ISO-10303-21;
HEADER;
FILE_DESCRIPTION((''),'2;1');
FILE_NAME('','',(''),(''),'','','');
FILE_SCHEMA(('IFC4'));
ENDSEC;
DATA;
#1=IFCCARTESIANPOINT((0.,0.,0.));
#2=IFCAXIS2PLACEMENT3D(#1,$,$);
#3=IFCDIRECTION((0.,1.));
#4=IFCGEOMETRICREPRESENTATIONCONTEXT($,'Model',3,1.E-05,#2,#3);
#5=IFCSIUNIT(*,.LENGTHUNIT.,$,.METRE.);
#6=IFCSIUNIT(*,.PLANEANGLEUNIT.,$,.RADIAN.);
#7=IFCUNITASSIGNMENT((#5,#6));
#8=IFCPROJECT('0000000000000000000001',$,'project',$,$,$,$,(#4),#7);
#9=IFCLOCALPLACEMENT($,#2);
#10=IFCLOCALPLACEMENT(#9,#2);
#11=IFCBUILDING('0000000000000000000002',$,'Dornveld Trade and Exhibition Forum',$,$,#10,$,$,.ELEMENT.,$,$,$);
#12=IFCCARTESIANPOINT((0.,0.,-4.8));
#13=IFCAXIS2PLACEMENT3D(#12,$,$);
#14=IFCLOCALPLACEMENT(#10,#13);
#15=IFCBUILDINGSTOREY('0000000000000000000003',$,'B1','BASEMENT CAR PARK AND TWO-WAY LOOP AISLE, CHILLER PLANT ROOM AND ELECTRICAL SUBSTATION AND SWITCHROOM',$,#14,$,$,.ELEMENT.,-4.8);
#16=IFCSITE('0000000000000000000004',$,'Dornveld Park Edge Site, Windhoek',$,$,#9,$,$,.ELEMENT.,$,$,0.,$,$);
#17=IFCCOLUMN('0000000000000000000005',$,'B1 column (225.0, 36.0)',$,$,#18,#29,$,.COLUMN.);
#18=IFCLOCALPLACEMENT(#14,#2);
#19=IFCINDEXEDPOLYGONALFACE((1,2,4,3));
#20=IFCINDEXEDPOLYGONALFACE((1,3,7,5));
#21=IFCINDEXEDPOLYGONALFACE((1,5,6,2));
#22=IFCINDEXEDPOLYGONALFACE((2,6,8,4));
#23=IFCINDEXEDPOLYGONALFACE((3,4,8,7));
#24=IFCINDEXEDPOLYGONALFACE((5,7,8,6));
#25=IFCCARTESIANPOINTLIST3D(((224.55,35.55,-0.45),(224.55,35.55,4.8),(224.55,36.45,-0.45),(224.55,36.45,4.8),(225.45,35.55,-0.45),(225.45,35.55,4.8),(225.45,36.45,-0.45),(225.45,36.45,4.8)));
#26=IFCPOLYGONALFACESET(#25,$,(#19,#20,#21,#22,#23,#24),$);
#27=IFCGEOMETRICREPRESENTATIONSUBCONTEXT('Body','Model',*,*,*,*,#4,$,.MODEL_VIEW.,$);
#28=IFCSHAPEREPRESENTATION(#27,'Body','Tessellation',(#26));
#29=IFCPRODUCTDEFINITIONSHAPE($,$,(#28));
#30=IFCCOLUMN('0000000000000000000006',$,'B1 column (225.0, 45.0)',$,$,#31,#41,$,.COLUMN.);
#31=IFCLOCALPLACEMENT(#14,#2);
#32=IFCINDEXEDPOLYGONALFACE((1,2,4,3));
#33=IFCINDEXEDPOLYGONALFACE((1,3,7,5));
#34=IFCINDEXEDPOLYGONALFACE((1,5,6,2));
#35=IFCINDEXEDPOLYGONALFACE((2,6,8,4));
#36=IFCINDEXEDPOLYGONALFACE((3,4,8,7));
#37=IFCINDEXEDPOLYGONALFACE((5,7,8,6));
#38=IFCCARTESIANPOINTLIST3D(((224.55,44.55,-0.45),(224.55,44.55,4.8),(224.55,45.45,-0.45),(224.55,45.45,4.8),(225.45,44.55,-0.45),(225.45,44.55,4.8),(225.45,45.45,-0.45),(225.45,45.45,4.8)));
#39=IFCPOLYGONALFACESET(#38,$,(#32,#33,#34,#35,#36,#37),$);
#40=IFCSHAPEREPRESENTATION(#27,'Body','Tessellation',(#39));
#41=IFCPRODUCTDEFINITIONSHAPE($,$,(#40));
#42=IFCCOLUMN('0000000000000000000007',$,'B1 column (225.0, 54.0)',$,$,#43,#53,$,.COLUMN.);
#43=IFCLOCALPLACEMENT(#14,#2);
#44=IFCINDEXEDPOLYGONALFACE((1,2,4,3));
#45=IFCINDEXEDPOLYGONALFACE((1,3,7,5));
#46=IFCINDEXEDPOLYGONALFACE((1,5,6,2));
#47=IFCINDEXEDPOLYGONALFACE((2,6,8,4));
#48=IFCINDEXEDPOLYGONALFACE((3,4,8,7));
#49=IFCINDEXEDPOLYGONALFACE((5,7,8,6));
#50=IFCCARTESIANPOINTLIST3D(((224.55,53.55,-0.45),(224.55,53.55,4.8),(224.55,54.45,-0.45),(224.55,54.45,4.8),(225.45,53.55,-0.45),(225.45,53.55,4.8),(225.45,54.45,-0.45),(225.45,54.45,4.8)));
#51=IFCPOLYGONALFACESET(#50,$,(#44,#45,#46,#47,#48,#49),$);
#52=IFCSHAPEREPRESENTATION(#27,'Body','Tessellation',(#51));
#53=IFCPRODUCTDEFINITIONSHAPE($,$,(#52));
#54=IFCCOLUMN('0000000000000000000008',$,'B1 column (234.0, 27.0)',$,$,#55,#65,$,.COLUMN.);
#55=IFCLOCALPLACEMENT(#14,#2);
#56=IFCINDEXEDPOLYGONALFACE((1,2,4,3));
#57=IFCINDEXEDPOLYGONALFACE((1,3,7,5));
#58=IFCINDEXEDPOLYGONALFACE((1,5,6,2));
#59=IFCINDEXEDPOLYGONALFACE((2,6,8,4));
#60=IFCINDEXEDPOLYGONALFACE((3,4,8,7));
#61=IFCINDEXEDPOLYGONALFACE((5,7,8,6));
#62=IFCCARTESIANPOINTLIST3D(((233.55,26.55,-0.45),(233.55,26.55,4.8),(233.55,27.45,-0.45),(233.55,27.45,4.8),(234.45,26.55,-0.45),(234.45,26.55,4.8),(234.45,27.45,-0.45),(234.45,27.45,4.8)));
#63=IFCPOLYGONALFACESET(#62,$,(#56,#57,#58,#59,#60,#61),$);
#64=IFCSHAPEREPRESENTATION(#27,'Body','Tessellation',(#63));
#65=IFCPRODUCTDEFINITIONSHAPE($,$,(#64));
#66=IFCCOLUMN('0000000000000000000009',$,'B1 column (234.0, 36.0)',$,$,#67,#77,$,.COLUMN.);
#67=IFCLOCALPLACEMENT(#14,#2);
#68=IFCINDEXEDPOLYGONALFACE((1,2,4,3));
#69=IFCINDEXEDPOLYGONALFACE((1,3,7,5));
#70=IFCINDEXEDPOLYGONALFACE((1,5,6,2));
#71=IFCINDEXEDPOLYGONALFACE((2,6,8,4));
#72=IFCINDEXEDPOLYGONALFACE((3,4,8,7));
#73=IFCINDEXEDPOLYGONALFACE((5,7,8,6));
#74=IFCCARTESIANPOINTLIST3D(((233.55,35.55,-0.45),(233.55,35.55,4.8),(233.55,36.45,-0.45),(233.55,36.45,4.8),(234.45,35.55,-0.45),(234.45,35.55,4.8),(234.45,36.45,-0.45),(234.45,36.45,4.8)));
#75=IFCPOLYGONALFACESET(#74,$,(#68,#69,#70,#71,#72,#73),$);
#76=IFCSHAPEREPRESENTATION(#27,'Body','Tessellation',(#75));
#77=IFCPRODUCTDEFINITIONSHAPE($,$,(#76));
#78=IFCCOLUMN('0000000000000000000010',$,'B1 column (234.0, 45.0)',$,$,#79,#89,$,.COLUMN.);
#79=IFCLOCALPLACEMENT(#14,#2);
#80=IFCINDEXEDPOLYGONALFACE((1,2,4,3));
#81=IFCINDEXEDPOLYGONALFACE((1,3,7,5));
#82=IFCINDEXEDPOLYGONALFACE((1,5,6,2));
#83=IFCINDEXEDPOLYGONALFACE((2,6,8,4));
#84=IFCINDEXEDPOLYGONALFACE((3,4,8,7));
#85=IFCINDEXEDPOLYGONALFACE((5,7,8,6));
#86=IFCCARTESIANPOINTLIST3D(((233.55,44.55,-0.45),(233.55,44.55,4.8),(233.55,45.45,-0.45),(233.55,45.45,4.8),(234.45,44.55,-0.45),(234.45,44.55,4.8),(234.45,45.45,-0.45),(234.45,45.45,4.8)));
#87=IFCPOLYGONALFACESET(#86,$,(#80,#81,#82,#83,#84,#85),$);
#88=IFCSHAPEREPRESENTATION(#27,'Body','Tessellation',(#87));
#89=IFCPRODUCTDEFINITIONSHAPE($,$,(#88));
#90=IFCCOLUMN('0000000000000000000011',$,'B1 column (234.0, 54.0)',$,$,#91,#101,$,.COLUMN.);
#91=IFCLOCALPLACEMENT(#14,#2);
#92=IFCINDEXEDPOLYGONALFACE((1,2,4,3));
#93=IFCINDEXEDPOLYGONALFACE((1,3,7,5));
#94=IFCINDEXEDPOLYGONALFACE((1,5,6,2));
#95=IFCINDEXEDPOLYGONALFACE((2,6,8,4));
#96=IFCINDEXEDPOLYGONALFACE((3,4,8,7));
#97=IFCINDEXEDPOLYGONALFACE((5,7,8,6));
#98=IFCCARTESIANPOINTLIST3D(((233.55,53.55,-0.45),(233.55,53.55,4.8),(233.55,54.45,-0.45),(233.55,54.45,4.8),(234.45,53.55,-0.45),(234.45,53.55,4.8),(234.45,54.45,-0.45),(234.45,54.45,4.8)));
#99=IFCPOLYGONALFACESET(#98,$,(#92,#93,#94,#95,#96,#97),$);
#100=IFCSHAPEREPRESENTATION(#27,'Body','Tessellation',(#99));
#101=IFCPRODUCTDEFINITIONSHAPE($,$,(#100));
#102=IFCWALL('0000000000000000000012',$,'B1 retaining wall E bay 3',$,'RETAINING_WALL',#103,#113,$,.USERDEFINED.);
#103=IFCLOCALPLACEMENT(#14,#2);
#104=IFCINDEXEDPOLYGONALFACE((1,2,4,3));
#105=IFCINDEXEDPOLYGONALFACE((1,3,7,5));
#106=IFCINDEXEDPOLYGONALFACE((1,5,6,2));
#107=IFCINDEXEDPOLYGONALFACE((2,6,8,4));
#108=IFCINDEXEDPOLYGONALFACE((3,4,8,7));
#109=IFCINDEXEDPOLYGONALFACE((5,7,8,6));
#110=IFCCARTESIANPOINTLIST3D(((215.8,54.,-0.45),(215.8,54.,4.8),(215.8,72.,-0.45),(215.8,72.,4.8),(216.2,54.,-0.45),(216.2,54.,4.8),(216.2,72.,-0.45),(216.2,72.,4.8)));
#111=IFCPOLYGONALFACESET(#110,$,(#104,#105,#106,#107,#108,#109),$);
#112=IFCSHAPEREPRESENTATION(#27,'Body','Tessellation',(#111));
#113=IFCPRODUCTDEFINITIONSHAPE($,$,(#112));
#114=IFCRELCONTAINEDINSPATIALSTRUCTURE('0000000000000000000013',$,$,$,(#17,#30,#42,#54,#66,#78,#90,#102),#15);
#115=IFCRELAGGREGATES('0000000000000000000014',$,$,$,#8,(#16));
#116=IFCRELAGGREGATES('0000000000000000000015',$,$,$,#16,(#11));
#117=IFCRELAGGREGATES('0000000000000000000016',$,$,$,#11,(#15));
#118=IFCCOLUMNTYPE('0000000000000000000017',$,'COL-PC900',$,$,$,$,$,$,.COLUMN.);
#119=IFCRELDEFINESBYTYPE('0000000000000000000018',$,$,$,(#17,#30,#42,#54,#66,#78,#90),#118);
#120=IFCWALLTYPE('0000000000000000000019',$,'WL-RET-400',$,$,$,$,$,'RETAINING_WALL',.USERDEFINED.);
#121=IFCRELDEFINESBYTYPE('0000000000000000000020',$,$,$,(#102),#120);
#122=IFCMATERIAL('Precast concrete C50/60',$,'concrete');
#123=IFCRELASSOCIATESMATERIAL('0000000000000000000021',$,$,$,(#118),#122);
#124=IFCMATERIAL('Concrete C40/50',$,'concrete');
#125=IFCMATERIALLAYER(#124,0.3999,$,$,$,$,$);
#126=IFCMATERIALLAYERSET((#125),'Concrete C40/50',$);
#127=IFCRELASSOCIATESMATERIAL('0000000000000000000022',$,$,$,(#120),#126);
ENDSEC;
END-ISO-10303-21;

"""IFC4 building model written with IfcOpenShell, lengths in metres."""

from ifc_helpers import new_model, si_unit, direction, frame, frame_2d, origin, origin_2d, place, context, subcontext, project, spatial, rectangle, extrude, material, layer, layer_set, material_profile, profile_set, type_object, element, save


model = new_model("IFC4")

# Units and contexts
model_context = context("Model", 3, precision=1e-05, world=origin(), true_north=direction((0.0, 1.0)))
body_context = subcontext(model_context, "Body", "Model", "MODEL_VIEW")
ifc_project = project(units=[si_unit("LENGTHUNIT", "METRE"), si_unit("PLANEANGLEUNIT", "RADIAN")], contexts=[model_context])

# Site, building, storey
site_placement = place(None, origin())
site = spatial("IfcSite", under=ifc_project, at=site_placement, Name="Dornveld Park Edge Site, Windhoek", CompositionType="ELEMENT", RefElevation=0.0)
building_placement = place(site_placement, origin())
building = spatial("IfcBuilding", under=site, at=building_placement, Name="Dornveld Trade and Exhibition Forum", CompositionType="ELEMENT")
storey_placement = place(building_placement, frame((0.0, 0.0, -4.8)))
storey = spatial("IfcBuildingStorey", under=building, at=storey_placement, Name="B1", Description="BASEMENT CAR PARK AND TWO-WAY LOOP AISLE, CHILLER PLANT ROOM AND ELECTRICAL SUBSTATION AND SWITCHROOM", CompositionType="ELEMENT", Elevation=-4.8)

# Columns
ifc_material_1 = material(Name="Precast concrete C50/60", Category="concrete")
ifc_material_profile_1 = material_profile(ifc_material_1, rectangle(XDim=0.8999, YDim=0.8999, at=origin_2d()), Name="PC-COL 900x900")
ifc_profile_set_1 = profile_set([ifc_material_profile_1], Name="Precast concrete C50/60")
column_type_1 = type_object("IfcColumnType", Name="COL-PC900", PredefinedType="COLUMN", material=ifc_profile_set_1)
for number, where, z_axis, x_axis, name in (
    (1, (225.0, 36.0, -0.45), (0.0, 0.0, 1.0), (1.0, 0.0, 0.0), "B1 column (225.0, 36.0)"),
    (2, (225.0, 45.0, -0.45), (0.0, 0.0, 1.0), (1.0, 0.0, 0.0), "B1 column (225.0, 45.0)"),
    (3, (225.0, 54.0, -0.45), (0.0, 0.0, 1.0), (1.0, 0.0, 0.0), "B1 column (225.0, 54.0)"),
    (4, (234.0, 27.0, -0.45), (0.0, 0.0, 1.0), (1.0, 0.0, 0.0), "B1 column (234.0, 27.0)"),
    (5, (234.0, 36.0, -0.45), (0.0, 0.0, 1.0), (1.0, 0.0, 0.0), "B1 column (234.0, 36.0)"),
    (6, (234.0, 45.0, -0.45), (0.0, 0.0, 1.0), (1.0, 0.0, 0.0), "B1 column (234.0, 45.0)"),
    (7, (234.0, 54.0, -0.45), (0.0, 0.0, 1.0), (1.0, 0.0, 0.0), "B1 column (234.0, 54.0)"),
):
    element("IfcColumn", number, at=place(storey_placement, frame(where, z_axis=z_axis, x_axis=x_axis)), inside=storey, type_object=column_type_1, Name=name, PredefinedType="COLUMN", context=body_context, shape_type="SweptSolid", body=[
        extrude(rectangle(XDim=0.8999, YDim=0.8999, at=origin_2d()), origin(), (0.0, 0.0, 1.0), 5.25),
    ])

# Wall
ifc_material_2 = material(Name="Concrete C40/50", Category="concrete")
ifc_layer = layer(ifc_material_2, 0.3999)
ifc_layer_set = layer_set([ifc_layer], Name="Concrete C40/50")
wall_type = type_object("IfcWallType", Name="WL-RET-400", ElementType="RETAINING_WALL", PredefinedType="USERDEFINED", material=ifc_layer_set)
wall_placement = place(storey_placement, frame((216.0, 54.0, -0.45), z_axis=(0.0, 0.0, 1.0), x_axis=(0.0, 1.0, 0.0)))
element("IfcWall", 8, at=wall_placement, inside=storey, type_object=wall_type, Name="B1 retaining wall E bay 3", ObjectType="RETAINING_WALL", PredefinedType="USERDEFINED", context=body_context, shape_type="SweptSolid", body=[
    extrude(rectangle(XDim=18.0, YDim=0.3999, at=frame_2d((9.0, 0.0))), origin(), (0.0, 0.0, 1.0), 5.25),
])

save(model, "model.ifc")
